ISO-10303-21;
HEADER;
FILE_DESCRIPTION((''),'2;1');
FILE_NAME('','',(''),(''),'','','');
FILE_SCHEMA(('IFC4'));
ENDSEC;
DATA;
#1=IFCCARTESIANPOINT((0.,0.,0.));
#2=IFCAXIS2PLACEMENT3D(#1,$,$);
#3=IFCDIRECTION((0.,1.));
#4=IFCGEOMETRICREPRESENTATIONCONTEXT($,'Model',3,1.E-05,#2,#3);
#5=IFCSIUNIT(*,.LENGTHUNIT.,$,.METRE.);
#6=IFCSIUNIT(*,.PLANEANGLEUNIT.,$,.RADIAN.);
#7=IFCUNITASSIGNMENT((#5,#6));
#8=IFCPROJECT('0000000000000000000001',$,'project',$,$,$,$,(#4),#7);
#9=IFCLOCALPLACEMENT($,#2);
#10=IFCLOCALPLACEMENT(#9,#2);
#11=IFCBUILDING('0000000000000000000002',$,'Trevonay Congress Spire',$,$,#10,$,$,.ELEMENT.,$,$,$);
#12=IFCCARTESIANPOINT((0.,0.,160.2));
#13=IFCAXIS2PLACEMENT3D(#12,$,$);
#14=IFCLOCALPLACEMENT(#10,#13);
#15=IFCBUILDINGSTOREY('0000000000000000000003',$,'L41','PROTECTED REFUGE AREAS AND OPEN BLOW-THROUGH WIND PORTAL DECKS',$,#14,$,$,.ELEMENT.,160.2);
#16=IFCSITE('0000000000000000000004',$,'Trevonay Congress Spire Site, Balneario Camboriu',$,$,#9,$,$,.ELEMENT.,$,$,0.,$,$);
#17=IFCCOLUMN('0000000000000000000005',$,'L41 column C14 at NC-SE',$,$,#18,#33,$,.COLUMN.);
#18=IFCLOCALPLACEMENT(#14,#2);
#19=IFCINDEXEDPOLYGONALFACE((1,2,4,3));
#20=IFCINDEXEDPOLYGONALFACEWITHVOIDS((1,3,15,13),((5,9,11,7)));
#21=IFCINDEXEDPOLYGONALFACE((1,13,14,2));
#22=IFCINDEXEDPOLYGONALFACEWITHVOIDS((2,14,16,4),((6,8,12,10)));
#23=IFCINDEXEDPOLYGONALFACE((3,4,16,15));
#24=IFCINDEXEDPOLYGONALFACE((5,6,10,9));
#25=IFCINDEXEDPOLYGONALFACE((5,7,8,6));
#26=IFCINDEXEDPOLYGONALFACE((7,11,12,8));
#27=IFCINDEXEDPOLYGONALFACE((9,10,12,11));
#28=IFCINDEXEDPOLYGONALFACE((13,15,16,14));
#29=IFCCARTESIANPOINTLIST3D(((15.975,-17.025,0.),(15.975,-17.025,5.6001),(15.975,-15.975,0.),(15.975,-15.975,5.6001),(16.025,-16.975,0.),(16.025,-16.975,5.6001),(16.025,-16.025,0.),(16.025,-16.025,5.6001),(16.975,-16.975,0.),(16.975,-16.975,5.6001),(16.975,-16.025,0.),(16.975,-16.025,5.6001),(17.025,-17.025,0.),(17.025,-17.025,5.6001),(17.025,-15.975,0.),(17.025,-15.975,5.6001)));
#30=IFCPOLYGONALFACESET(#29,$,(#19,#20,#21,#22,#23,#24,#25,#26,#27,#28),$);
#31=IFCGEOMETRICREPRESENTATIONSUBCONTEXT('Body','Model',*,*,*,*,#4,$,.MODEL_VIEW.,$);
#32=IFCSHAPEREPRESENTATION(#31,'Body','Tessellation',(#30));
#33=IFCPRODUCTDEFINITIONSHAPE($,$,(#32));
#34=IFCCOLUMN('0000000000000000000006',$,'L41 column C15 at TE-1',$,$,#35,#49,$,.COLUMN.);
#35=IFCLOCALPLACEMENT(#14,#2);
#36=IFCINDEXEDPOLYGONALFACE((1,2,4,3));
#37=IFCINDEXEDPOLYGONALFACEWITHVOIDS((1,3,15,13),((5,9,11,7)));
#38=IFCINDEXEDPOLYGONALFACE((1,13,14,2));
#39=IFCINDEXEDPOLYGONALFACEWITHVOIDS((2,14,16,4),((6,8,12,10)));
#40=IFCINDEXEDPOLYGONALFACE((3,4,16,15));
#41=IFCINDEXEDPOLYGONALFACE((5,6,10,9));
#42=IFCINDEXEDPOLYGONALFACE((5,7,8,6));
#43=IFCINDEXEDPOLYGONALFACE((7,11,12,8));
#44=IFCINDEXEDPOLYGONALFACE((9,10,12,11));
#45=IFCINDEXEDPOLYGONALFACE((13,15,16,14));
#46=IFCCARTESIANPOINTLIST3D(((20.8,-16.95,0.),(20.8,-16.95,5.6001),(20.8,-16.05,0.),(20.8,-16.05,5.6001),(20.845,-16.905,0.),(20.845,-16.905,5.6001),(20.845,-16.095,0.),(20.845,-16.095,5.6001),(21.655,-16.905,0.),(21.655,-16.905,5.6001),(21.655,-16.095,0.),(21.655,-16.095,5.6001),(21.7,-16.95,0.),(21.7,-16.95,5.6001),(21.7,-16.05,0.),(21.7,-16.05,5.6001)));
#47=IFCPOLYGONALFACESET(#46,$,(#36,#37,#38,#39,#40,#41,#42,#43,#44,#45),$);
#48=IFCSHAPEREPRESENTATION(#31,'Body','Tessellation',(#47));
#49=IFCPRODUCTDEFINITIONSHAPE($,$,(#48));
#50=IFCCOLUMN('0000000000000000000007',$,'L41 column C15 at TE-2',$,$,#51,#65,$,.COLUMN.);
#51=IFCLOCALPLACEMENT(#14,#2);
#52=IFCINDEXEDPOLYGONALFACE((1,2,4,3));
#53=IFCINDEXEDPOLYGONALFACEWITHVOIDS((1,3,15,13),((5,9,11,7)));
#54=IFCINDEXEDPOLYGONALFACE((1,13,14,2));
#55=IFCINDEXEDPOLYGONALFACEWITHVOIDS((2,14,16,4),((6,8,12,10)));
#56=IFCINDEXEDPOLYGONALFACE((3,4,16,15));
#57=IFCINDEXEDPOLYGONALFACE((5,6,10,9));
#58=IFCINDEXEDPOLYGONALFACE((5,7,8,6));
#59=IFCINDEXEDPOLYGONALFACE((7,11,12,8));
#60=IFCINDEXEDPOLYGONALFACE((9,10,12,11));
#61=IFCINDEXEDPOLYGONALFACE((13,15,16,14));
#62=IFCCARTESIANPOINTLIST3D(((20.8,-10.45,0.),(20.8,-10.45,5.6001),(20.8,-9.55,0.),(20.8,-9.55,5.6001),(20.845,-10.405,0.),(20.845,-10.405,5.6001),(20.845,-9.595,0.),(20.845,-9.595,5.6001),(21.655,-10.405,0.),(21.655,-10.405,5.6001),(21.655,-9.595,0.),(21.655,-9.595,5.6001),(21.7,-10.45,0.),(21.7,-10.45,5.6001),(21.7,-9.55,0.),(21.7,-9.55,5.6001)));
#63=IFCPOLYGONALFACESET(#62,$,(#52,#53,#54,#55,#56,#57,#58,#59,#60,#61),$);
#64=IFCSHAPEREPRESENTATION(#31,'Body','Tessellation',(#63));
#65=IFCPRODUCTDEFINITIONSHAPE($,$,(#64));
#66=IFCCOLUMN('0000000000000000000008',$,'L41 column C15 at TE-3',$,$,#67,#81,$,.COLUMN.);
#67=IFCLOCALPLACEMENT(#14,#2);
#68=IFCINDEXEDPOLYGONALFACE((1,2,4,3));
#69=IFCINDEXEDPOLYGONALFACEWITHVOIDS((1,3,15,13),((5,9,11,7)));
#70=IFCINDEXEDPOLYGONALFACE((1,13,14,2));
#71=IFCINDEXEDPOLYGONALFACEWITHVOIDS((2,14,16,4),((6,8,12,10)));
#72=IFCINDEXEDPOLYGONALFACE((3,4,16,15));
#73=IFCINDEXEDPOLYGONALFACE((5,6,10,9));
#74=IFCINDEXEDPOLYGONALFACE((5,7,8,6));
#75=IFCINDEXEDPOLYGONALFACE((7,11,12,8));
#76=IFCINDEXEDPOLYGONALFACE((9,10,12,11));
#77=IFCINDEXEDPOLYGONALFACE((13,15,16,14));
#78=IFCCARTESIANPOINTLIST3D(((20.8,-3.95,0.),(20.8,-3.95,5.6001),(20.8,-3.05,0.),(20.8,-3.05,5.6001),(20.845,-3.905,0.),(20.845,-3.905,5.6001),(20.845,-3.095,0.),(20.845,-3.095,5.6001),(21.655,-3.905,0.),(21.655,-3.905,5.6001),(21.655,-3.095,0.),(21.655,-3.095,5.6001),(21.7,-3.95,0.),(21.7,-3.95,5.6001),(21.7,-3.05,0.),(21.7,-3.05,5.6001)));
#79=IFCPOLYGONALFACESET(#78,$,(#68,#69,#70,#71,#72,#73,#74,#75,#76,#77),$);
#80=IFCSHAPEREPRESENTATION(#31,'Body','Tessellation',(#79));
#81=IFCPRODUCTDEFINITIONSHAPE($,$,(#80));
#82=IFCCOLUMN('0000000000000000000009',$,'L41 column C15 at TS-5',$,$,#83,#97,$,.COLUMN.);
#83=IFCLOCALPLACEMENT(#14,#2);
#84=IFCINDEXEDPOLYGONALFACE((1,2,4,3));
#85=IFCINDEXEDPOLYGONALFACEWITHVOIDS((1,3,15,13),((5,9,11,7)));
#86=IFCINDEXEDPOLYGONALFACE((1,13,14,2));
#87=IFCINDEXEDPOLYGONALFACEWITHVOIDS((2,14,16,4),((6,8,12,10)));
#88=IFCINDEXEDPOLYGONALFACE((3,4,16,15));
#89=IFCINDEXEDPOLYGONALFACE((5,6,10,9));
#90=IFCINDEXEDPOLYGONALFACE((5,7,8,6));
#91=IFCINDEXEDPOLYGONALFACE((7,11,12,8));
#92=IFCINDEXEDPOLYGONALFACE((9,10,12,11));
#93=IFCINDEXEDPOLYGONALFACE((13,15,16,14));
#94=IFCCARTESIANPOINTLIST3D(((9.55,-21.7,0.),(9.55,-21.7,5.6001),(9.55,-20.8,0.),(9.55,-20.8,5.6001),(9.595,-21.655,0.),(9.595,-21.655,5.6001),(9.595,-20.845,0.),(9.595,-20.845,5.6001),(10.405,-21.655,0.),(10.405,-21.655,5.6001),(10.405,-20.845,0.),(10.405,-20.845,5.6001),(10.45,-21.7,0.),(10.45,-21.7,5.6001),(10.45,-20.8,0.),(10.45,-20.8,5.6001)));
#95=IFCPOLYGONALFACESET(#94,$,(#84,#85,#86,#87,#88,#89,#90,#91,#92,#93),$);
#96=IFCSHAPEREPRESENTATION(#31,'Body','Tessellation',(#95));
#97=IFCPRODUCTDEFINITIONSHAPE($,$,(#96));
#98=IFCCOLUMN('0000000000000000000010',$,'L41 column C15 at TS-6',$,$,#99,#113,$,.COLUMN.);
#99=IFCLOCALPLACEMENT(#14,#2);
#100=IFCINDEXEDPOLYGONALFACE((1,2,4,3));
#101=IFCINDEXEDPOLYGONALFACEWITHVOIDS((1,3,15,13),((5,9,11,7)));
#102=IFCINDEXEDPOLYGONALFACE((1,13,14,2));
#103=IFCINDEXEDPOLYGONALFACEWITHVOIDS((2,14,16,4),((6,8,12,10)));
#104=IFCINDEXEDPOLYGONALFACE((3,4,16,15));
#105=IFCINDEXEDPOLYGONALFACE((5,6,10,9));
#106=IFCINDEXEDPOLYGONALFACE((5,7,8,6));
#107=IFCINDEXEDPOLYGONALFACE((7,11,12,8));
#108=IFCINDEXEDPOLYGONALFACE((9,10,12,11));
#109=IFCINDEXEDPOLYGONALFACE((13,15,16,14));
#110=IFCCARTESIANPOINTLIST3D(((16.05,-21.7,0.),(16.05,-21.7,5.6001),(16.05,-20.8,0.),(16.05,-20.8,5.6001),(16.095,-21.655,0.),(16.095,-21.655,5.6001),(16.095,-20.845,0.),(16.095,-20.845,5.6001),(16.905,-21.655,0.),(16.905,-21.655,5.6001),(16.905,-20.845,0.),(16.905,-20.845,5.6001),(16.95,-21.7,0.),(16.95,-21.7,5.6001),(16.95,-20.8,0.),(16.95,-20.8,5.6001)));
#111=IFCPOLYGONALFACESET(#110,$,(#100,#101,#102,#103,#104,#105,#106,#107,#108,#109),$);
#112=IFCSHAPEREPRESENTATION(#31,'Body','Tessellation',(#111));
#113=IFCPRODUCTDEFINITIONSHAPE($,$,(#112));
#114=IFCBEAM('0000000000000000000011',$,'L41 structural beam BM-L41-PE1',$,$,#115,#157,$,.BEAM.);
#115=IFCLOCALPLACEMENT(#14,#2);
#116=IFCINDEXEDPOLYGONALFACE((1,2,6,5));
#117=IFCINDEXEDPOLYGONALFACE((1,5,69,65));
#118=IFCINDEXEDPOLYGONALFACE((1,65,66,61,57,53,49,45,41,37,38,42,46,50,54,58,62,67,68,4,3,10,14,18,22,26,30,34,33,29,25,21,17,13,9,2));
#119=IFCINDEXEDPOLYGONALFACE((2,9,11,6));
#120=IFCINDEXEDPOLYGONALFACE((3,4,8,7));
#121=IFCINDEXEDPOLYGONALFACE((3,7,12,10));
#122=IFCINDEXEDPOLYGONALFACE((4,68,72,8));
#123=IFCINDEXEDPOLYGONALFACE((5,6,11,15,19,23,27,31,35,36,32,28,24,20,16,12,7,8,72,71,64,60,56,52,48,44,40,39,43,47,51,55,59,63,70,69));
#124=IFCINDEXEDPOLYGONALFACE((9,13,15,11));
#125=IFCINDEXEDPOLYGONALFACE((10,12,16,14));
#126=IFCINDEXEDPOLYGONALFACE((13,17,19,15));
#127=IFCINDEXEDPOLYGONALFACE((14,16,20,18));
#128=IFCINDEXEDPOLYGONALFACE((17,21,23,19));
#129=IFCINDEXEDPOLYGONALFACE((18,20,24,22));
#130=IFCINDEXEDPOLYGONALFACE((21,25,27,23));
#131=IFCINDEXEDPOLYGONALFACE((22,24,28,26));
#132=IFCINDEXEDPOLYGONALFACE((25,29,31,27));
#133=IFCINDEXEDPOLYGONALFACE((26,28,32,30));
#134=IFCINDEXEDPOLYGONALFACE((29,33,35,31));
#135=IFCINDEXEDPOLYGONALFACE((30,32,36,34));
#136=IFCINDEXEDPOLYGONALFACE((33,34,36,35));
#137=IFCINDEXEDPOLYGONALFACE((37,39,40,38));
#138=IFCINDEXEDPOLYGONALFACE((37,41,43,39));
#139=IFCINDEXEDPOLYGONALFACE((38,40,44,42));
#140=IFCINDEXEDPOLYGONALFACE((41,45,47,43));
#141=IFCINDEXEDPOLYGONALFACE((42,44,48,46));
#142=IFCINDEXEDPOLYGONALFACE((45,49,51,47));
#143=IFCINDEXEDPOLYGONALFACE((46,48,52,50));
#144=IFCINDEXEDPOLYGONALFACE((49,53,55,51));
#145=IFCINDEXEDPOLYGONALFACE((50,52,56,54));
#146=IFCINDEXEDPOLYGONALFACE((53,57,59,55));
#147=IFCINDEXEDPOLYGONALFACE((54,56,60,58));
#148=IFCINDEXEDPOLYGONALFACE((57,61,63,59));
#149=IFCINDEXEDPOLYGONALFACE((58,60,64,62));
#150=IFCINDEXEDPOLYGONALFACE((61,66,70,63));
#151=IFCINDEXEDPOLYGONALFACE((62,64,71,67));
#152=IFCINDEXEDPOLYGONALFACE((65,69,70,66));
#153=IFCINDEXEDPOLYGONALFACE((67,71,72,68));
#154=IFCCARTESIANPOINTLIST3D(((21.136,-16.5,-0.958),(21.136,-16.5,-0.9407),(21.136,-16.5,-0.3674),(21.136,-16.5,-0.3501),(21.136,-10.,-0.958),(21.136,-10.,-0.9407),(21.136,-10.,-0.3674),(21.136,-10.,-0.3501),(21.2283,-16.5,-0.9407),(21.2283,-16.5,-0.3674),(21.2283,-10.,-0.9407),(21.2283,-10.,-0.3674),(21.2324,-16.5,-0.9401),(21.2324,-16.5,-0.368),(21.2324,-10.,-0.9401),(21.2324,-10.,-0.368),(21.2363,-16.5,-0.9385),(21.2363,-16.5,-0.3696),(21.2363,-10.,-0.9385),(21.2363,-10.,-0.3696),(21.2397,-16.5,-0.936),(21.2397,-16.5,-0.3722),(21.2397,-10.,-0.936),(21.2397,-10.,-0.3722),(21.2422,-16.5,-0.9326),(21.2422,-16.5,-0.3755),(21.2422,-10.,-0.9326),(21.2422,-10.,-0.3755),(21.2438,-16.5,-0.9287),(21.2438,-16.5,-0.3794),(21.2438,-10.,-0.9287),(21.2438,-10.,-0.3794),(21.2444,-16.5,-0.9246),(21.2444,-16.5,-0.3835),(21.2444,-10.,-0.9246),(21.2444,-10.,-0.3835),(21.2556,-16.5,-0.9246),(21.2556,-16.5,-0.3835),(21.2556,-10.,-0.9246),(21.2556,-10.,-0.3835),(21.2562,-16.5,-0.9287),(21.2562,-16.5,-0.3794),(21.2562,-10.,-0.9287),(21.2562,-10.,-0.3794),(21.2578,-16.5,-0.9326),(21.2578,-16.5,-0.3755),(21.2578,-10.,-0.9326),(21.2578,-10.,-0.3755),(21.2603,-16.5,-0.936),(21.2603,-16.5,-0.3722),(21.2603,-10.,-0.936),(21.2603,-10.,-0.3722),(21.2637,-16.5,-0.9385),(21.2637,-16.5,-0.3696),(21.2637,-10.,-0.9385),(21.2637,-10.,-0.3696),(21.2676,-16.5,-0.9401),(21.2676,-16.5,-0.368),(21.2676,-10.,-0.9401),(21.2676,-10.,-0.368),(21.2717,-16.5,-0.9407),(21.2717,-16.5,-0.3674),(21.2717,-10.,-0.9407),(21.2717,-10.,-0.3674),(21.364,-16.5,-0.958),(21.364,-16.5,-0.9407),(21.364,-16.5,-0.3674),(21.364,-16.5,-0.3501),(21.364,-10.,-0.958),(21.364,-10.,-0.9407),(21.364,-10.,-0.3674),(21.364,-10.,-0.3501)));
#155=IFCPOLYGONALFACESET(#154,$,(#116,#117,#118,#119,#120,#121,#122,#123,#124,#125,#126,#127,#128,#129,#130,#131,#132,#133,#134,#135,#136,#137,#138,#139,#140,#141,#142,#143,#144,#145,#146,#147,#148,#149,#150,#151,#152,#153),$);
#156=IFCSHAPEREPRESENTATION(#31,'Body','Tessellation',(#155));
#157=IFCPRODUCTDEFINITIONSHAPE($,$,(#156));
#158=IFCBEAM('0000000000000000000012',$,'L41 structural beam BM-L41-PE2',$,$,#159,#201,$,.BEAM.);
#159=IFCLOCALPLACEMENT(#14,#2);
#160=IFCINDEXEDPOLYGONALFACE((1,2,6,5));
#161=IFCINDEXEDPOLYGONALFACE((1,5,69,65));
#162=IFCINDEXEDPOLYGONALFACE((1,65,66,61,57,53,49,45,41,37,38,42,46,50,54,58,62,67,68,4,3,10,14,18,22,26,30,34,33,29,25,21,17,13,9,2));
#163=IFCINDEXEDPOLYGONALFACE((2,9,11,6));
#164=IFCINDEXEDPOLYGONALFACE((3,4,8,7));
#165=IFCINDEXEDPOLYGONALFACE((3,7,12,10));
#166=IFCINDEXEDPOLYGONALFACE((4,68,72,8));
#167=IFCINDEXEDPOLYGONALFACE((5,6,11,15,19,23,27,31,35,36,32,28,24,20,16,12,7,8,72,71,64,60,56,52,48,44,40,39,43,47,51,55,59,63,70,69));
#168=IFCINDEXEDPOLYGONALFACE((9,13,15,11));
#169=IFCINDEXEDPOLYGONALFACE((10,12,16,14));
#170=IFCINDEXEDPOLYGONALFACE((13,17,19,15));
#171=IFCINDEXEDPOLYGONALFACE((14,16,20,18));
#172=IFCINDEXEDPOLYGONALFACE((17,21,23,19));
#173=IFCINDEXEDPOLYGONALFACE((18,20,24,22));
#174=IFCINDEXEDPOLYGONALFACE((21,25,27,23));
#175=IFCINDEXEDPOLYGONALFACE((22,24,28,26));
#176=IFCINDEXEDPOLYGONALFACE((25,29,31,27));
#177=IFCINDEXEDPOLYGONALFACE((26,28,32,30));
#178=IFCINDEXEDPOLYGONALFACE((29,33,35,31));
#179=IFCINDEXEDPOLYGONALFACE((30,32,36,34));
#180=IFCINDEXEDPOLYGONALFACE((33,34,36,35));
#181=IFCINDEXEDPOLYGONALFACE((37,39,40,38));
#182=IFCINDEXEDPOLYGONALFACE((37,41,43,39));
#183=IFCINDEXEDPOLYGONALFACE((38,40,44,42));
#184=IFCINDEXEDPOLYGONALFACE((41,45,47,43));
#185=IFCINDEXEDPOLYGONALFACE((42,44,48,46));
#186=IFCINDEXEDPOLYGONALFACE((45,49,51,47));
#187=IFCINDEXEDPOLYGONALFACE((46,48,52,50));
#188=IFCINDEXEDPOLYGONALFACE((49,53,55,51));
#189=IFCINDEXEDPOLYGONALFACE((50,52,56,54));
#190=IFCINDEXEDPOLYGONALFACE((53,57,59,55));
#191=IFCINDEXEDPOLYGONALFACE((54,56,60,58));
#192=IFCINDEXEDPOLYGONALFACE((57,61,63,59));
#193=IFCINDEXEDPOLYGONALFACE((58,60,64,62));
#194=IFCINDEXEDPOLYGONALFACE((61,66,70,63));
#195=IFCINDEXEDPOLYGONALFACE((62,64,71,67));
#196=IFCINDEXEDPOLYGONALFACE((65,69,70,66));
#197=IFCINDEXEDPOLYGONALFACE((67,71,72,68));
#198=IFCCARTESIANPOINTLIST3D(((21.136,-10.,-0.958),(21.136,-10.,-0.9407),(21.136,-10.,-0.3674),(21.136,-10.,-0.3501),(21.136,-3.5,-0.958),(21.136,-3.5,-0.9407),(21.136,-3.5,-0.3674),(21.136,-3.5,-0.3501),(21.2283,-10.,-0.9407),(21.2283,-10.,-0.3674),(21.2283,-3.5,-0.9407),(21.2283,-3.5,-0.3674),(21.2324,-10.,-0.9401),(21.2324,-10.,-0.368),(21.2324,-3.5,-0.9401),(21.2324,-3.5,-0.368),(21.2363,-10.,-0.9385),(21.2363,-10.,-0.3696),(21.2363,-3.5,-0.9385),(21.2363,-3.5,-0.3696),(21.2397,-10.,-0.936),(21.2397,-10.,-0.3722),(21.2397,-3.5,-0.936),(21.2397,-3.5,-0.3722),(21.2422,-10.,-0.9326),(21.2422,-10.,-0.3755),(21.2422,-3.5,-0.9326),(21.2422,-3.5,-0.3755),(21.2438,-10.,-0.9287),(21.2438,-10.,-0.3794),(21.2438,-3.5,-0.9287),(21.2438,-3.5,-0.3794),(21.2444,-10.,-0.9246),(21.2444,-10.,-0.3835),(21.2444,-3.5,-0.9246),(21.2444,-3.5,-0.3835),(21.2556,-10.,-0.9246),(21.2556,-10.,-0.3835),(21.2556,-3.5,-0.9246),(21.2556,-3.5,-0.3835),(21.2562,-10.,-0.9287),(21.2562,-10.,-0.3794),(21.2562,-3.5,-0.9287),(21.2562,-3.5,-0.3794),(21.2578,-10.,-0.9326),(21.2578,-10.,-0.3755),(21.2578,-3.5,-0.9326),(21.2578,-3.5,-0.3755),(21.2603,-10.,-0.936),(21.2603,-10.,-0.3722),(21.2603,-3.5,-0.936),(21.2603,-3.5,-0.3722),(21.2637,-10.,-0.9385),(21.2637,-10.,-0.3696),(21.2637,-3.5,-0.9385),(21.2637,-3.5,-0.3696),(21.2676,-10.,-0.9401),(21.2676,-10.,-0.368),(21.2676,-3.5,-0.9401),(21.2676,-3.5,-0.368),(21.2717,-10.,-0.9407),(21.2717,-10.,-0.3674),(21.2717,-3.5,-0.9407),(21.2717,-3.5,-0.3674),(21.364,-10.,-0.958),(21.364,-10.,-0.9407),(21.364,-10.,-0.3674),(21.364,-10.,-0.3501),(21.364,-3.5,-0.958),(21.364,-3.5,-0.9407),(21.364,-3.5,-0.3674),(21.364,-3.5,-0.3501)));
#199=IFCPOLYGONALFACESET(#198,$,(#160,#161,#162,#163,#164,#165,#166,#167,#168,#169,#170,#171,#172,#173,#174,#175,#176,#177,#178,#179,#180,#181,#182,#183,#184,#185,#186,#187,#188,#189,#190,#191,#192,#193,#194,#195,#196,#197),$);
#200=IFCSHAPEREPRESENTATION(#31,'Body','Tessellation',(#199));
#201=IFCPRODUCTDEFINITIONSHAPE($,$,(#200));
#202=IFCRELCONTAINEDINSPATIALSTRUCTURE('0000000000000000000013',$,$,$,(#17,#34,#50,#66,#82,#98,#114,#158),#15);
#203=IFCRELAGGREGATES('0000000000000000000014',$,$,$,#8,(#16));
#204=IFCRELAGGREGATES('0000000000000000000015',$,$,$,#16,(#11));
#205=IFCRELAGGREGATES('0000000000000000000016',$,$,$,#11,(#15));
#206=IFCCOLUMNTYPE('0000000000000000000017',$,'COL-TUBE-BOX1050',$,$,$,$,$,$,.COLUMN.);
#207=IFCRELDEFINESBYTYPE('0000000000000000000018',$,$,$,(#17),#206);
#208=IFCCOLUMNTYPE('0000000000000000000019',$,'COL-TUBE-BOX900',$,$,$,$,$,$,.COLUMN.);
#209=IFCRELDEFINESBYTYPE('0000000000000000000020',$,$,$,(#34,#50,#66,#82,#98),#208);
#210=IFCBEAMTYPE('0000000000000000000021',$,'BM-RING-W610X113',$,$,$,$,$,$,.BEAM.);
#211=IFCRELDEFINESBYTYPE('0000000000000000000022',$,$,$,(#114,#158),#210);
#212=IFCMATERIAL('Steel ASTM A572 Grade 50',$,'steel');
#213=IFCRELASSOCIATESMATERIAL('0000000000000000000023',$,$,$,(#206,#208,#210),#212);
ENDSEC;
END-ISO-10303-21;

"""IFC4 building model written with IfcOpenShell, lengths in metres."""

from ifc_helpers import new_model, si_unit, direction, frame, origin, origin_2d, place, context, subcontext, project, spatial, hollow_rectangle, i_section, extrude, material, material_profile, profile_set, type_object, element, save


model = new_model("IFC4")

# Units and contexts
model_context = context("Model", 3, precision=1e-05, world=origin(), true_north=direction((0.0, 1.0)))
body_context = subcontext(model_context, "Body", "Model", "MODEL_VIEW")
ifc_project = project(units=[si_unit("LENGTHUNIT", "METRE"), si_unit("PLANEANGLEUNIT", "RADIAN")], contexts=[model_context])

# Site, building, storey
site_placement = place(None, origin())
site = spatial("IfcSite", under=ifc_project, at=site_placement, Name="Trevonay Congress Spire Site, Balneario Camboriu", CompositionType="ELEMENT", RefElevation=0.0)
building_placement = place(site_placement, origin())
building = spatial("IfcBuilding", under=site, at=building_placement, Name="Trevonay Congress Spire", CompositionType="ELEMENT")
storey_placement = place(building_placement, frame((0.0, 0.0, 160.2)))
storey = spatial("IfcBuildingStorey", under=building, at=storey_placement, Name="L41", Description="PROTECTED REFUGE AREAS AND OPEN BLOW-THROUGH WIND PORTAL DECKS", CompositionType="ELEMENT", Elevation=160.2)

# Columns
ifc_material_1 = material(Name="Steel ASTM A572 Grade 50", Category="steel")
ifc_material_profile_1 = material_profile(ifc_material_1, hollow_rectangle(XDim=1.05, YDim=1.05, WallThickness=0.05, at=origin_2d()), Name="BOX 1050x1050x50")
ifc_profile_set_1 = profile_set([ifc_material_profile_1], Name="Steel ASTM A572 Grade 50")
column_type_1 = type_object("IfcColumnType", Name="COL-TUBE-BOX1050", PredefinedType="COLUMN", material=ifc_profile_set_1)
column_placement = place(storey_placement, frame((16.5, -16.5, 0.0), z_axis=(0.0, 0.0, 1.0), x_axis=(1.0, 0.0, 0.0)))
element("IfcColumn", 1, at=column_placement, inside=storey, type_object=column_type_1, Name="L41 column C14 at NC-SE", PredefinedType="COLUMN", context=body_context, shape_type="SweptSolid", body=[
    extrude(hollow_rectangle(XDim=1.05, YDim=1.05, WallThickness=0.05, at=origin_2d()), origin(), (0.0, 0.0, 1.0), 5.6001),
])
ifc_material_profile_2 = material_profile(ifc_material_1, hollow_rectangle(XDim=0.8999, YDim=0.8999, WallThickness=0.0449, at=origin_2d()), Name="BOX 900x900x45")
ifc_profile_set_2 = profile_set([ifc_material_profile_2], Name="Steel ASTM A572 Grade 50")
column_type_2 = type_object("IfcColumnType", Name="COL-TUBE-BOX900", PredefinedType="COLUMN", material=ifc_profile_set_2)
for number, where, z_axis, x_axis, name in (
    (2, (21.25, -16.5, 0.0), (0.0, 0.0, 1.0), (1.0, 0.0, 0.0), "L41 column C15 at TE-1"),
    (3, (21.25, -10.0, 0.0), (0.0, 0.0, 1.0), (1.0, 0.0, 0.0), "L41 column C15 at TE-2"),
    (4, (21.25, -3.5, 0.0), (0.0, 0.0, 1.0), (1.0, 0.0, 0.0), "L41 column C15 at TE-3"),
    (5, (10.0, -21.25, 0.0), (0.0, 0.0, 1.0), (1.0, 0.0, 0.0), "L41 column C15 at TS-5"),
    (6, (16.5, -21.25, 0.0), (0.0, 0.0, 1.0), (1.0, 0.0, 0.0), "L41 column C15 at TS-6"),
):
    element("IfcColumn", number, at=place(storey_placement, frame(where, z_axis=z_axis, x_axis=x_axis)), inside=storey, type_object=column_type_2, Name=name, PredefinedType="COLUMN", context=body_context, shape_type="SweptSolid", body=[
        extrude(hollow_rectangle(XDim=0.8999, YDim=0.8999, WallThickness=0.0449, at=origin_2d()), origin(), (0.0, 0.0, 1.0), 5.6001),
    ])

# Beams
ifc_material_profile_3 = material_profile(ifc_material_1, i_section(OverallWidth=0.228, OverallDepth=0.6079, WebThickness=0.0112, FlangeThickness=0.0173, FilletRadius=0.0161, at=origin_2d()), Name="W610x113")
ifc_profile_set_3 = profile_set([ifc_material_profile_3], Name="Steel ASTM A572 Grade 50")
beam_type_1 = type_object("IfcBeamType", Name="BM-RING-W610X113", PredefinedType="BEAM", material=ifc_profile_set_3)
for number, where, z_axis, x_axis, name in (
    (7, (21.25, -16.5, -0.6541), (0.0, 1.0, 0.0), (-1.0, 0.0, 0.0), "L41 structural beam BM-L41-PE1"),
    (8, (21.25, -10.0, -0.6541), (0.0, 1.0, 0.0), (-1.0, 0.0, 0.0), "L41 structural beam BM-L41-PE2"),
):
    element("IfcBeam", number, at=place(storey_placement, frame(where, z_axis=z_axis, x_axis=x_axis)), inside=storey, type_object=beam_type_1, Name=name, PredefinedType="BEAM", context=body_context, shape_type="SweptSolid", body=[
        extrude(i_section(OverallWidth=0.228, OverallDepth=0.6079, WebThickness=0.0112, FlangeThickness=0.0173, FilletRadius=0.0161, at=origin_2d()), origin(), (0.0, 0.0, 1.0), 6.5),
    ])

save(model, "model.ifc")
